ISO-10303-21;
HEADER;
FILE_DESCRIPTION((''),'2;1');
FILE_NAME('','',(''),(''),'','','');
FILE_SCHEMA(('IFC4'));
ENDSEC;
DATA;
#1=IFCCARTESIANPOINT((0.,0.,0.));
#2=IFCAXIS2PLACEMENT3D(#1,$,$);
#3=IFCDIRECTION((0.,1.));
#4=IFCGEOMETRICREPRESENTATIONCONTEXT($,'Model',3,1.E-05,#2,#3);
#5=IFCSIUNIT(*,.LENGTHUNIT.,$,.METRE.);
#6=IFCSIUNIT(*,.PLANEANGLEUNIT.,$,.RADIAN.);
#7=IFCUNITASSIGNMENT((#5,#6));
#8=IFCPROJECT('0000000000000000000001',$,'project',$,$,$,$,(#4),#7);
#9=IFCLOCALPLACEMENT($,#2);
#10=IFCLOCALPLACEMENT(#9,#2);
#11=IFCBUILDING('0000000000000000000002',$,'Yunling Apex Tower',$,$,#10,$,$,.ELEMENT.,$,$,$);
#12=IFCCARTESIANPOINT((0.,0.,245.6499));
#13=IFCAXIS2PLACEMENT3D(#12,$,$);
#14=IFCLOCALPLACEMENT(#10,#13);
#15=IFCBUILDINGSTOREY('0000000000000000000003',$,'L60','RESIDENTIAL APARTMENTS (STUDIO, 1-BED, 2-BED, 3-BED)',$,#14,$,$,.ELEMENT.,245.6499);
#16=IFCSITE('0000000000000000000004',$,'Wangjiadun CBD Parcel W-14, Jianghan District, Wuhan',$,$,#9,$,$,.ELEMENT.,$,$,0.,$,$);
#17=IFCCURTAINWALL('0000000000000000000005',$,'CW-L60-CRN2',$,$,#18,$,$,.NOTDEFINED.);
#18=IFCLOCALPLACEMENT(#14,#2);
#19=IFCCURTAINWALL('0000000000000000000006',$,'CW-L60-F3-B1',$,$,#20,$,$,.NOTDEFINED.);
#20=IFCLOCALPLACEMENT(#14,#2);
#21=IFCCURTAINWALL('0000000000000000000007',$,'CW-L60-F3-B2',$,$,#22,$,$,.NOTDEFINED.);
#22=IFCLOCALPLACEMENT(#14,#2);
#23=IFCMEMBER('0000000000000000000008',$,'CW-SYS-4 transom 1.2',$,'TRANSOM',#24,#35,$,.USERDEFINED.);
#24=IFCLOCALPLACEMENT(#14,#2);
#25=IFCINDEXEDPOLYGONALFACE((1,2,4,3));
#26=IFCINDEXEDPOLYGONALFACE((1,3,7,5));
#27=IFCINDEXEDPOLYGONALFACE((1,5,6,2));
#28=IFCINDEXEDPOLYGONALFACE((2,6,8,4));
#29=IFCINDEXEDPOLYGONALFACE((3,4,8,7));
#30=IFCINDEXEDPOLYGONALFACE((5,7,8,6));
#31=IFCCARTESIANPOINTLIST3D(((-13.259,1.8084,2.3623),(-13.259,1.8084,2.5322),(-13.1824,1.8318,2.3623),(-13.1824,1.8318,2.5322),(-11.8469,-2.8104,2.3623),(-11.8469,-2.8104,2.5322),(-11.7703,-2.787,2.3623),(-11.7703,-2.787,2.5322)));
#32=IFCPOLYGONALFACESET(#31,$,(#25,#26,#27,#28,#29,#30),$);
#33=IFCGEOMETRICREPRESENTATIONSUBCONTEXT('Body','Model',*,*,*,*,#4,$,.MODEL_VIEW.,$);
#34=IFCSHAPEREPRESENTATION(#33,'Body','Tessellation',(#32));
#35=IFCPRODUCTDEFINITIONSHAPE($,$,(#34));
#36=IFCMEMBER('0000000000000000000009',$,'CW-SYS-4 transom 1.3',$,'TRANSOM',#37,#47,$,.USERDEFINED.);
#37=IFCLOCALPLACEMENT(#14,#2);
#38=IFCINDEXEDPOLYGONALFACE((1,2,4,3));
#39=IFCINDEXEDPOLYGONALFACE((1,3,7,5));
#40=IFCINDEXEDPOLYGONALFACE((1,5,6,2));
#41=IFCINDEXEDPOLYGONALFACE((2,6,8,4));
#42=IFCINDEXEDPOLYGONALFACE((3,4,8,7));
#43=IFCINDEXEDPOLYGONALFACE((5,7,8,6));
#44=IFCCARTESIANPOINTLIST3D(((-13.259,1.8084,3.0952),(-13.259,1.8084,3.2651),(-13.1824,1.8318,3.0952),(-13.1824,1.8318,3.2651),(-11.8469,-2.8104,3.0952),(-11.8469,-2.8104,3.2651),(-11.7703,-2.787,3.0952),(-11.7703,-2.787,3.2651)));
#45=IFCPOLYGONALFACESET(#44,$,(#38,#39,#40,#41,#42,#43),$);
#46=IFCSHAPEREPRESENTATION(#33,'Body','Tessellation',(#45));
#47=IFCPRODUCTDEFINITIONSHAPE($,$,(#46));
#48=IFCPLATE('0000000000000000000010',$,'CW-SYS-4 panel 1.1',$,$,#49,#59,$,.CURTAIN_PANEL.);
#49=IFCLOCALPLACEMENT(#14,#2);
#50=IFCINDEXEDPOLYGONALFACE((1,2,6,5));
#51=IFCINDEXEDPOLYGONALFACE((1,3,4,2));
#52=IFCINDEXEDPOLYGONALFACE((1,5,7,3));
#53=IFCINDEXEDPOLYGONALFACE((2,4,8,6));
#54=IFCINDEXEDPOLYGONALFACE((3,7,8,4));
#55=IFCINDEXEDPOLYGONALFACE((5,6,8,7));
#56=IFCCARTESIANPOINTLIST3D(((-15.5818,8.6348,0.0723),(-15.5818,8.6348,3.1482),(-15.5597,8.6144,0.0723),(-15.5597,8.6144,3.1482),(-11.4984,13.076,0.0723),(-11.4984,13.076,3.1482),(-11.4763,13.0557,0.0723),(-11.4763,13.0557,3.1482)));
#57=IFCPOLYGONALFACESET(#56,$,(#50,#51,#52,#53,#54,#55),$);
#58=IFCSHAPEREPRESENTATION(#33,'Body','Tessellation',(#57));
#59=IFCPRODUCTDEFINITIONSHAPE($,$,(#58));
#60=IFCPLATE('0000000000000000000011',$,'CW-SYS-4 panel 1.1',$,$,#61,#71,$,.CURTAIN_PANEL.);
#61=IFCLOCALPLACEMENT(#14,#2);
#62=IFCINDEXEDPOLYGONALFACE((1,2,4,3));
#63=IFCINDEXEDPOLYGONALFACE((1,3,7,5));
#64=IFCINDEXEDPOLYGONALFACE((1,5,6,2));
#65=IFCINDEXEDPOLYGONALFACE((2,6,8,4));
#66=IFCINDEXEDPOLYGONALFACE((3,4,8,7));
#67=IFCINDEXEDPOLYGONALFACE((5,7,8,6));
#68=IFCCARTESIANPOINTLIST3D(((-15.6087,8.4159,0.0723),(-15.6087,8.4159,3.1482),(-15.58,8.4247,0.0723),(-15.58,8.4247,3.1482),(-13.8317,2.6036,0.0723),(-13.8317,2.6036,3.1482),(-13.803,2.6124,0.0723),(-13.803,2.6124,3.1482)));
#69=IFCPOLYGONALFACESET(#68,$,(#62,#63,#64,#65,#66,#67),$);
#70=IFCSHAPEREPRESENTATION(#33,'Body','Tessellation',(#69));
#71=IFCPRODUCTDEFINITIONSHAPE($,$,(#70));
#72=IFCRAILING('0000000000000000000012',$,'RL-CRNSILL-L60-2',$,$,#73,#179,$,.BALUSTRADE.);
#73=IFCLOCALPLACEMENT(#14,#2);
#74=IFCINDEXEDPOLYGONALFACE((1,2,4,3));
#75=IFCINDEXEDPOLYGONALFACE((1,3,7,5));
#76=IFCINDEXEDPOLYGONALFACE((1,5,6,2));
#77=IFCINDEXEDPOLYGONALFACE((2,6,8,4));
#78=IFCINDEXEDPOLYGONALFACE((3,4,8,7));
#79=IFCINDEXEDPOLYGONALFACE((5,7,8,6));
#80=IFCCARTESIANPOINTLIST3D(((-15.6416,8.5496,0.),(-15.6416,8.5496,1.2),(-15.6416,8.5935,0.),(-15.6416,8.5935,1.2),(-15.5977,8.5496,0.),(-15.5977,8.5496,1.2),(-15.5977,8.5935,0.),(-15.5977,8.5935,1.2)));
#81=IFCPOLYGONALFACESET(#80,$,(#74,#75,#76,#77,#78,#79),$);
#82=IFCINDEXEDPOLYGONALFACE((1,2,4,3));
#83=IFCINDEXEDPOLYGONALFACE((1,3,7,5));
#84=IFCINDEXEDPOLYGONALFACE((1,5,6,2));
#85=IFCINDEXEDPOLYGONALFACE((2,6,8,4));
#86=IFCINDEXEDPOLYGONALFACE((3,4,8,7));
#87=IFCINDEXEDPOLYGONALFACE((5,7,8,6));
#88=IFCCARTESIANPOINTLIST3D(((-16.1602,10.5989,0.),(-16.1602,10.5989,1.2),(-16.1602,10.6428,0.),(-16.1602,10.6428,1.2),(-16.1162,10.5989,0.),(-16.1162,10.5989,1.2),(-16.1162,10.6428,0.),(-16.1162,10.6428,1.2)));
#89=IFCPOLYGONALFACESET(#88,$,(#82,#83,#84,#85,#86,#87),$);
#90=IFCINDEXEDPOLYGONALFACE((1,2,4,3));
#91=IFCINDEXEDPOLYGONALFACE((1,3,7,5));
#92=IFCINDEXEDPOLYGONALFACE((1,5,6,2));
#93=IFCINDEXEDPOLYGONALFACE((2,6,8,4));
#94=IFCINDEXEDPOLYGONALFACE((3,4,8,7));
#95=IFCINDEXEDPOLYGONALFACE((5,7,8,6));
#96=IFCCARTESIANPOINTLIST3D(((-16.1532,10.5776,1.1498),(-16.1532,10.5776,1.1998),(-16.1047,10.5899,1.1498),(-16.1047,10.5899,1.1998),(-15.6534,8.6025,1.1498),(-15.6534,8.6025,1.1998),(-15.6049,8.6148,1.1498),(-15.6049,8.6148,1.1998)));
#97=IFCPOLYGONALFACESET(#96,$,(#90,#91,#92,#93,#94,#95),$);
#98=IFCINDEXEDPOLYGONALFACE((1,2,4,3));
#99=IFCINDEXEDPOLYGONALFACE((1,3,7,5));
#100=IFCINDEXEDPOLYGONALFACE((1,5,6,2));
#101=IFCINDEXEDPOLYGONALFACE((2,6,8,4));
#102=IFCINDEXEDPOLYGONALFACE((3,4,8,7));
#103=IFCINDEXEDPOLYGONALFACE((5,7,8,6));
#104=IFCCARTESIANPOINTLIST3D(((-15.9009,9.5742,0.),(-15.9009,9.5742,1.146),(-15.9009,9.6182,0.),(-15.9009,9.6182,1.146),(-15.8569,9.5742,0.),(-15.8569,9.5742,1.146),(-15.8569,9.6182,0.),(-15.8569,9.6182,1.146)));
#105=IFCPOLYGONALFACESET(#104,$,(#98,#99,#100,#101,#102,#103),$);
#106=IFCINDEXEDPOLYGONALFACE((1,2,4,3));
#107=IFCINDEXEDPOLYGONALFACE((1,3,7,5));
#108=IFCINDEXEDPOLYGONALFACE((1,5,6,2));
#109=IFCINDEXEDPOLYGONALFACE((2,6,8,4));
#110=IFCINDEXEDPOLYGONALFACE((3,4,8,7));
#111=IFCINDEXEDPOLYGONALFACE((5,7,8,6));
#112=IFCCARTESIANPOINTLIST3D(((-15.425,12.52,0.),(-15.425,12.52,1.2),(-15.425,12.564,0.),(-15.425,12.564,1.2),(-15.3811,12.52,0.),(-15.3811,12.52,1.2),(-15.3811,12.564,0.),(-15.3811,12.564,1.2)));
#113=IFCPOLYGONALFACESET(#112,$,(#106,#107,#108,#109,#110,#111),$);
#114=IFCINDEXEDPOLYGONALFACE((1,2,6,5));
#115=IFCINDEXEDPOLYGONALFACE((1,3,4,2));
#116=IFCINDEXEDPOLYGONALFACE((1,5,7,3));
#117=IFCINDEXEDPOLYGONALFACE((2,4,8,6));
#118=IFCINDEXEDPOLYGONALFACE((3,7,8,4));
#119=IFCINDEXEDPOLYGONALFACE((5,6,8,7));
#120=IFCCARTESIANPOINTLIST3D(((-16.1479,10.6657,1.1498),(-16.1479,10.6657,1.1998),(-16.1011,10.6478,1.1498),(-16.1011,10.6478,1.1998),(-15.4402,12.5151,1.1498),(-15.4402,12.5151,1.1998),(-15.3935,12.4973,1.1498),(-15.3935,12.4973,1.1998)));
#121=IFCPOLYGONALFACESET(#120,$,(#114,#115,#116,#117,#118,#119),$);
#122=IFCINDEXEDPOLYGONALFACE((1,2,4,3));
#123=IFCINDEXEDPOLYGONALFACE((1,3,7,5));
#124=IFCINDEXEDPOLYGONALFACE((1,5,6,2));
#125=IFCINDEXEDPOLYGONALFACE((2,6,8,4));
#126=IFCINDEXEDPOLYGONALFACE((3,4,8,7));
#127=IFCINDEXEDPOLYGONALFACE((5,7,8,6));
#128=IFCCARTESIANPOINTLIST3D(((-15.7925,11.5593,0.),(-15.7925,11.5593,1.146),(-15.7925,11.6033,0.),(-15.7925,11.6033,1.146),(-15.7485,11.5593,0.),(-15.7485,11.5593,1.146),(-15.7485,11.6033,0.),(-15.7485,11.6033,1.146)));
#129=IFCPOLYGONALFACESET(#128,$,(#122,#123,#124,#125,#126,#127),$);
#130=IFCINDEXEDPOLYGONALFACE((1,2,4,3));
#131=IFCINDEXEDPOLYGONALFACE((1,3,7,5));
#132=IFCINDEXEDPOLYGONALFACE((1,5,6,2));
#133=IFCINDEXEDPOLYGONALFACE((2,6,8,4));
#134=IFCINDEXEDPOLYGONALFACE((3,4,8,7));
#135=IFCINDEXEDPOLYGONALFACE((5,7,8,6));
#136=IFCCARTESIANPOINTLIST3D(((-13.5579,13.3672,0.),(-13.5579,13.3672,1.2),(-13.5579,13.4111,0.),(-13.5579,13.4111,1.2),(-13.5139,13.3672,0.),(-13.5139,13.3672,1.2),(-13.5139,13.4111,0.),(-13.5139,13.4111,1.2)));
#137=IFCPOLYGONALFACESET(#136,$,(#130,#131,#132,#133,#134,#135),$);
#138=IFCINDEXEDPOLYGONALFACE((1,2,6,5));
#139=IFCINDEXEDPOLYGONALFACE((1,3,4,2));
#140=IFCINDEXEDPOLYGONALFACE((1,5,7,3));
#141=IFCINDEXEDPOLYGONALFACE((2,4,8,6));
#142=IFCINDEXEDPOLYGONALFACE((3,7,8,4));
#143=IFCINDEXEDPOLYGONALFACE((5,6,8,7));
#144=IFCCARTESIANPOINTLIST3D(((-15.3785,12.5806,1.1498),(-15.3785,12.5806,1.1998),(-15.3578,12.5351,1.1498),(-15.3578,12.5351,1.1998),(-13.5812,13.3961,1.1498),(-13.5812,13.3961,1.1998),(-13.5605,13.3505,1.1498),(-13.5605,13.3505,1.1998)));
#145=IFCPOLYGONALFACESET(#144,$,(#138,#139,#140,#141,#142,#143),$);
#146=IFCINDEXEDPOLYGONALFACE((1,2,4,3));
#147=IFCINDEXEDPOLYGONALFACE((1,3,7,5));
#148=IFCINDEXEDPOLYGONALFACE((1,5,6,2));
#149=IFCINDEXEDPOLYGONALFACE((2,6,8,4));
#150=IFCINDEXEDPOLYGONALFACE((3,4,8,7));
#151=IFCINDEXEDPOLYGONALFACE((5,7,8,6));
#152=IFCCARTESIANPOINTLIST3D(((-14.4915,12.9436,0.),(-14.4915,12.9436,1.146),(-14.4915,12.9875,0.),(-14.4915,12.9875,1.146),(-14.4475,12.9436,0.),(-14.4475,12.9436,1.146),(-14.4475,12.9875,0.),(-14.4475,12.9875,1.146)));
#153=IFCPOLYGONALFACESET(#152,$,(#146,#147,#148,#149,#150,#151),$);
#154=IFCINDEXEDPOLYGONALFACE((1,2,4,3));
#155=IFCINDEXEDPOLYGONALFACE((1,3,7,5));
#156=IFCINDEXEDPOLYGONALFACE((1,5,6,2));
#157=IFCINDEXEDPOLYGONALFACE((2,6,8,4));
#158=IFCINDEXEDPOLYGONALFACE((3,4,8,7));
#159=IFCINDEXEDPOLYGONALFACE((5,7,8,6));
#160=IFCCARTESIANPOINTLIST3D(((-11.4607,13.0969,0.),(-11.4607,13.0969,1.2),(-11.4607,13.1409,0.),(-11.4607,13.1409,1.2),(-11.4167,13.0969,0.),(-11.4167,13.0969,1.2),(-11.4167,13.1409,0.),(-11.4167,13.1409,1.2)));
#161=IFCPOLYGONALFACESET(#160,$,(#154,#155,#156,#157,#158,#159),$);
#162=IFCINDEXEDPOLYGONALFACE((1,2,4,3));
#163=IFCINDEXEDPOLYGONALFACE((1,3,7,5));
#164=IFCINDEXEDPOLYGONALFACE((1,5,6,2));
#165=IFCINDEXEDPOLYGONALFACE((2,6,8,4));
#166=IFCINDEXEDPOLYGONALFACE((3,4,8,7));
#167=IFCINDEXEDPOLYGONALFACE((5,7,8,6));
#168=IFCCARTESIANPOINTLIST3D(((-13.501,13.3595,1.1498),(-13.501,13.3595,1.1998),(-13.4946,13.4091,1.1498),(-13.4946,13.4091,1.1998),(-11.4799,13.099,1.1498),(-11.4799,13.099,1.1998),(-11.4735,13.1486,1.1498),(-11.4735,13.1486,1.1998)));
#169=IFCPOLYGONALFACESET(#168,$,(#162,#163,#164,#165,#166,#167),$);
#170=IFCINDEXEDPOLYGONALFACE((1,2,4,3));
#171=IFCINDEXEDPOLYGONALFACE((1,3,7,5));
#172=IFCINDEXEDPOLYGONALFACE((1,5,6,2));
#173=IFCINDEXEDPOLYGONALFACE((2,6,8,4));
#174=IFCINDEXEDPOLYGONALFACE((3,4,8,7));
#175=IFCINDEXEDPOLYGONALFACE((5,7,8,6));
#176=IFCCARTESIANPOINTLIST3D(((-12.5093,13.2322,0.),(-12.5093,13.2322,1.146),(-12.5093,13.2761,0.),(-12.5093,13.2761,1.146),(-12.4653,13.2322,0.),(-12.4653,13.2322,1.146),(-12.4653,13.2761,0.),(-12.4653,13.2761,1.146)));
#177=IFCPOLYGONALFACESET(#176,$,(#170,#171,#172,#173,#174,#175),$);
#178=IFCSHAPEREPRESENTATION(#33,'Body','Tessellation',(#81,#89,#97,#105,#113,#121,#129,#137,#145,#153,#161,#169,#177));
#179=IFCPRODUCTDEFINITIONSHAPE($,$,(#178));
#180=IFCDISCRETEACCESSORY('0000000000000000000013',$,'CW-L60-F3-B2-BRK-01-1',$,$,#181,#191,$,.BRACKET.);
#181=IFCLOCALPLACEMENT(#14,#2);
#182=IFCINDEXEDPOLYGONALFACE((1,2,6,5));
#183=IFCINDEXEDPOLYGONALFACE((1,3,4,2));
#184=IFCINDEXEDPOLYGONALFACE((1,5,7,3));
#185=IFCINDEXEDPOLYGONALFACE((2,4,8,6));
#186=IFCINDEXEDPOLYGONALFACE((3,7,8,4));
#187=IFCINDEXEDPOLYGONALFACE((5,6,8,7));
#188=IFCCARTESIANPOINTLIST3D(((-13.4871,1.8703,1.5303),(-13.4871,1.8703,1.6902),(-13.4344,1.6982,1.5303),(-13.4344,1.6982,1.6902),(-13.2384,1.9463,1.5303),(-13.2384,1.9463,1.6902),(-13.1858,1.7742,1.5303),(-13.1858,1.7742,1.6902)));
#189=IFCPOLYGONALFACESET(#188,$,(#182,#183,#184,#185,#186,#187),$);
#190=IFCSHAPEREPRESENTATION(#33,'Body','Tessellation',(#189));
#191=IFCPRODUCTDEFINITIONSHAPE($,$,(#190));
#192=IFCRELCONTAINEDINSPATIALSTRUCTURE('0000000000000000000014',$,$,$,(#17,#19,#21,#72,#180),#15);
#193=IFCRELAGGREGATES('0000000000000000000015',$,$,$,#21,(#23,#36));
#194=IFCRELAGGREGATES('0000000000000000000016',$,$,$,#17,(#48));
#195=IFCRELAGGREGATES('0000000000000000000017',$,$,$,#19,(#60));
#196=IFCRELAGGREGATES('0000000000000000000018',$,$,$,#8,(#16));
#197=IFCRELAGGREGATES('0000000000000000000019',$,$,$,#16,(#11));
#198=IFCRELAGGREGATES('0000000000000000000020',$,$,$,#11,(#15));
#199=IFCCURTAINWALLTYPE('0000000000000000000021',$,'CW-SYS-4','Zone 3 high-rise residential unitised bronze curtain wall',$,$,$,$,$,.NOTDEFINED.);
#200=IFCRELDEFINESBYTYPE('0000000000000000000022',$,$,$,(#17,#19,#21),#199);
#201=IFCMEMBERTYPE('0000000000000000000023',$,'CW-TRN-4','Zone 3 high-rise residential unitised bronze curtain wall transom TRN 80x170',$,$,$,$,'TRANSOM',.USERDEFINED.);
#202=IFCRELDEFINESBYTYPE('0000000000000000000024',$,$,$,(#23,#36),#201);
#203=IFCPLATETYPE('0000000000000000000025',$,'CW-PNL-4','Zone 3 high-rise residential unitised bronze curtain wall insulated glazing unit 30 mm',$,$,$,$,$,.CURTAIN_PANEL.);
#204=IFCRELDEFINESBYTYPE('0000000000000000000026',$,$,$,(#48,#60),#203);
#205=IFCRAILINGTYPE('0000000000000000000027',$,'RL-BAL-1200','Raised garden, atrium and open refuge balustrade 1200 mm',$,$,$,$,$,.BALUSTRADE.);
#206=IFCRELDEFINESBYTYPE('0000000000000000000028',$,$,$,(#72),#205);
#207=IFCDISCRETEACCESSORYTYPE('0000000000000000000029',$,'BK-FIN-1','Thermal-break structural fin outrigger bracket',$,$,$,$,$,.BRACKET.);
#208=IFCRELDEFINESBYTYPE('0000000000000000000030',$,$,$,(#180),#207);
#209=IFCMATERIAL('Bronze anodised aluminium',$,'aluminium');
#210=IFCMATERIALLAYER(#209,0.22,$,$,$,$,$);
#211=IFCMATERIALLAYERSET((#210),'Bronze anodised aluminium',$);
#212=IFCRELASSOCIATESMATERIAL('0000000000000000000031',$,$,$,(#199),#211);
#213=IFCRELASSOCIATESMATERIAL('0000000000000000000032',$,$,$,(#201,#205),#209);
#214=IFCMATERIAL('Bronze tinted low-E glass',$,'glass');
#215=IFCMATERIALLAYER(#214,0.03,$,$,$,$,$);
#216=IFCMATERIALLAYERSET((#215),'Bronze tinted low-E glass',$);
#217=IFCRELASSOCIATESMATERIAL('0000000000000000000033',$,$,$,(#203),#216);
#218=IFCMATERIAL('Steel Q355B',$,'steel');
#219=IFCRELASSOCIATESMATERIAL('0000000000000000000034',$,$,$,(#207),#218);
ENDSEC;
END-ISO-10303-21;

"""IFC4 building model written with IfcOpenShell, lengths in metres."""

from ifc_helpers import new_model, si_unit, direction, frame, origin, origin_2d, place, context, subcontext, project, spatial, rectangle, extrude, source, transform, mapped, material, layer, layer_set, material_profile, profile_set, type_object, element, aggregate, save


model = new_model("IFC4")

# Units and contexts
model_context = context("Model", 3, precision=1e-05, world=origin(), true_north=direction((0.0, 1.0)))
body_context = subcontext(model_context, "Body", "Model", "MODEL_VIEW")
ifc_project = project(units=[si_unit("LENGTHUNIT", "METRE"), si_unit("PLANEANGLEUNIT", "RADIAN")], contexts=[model_context])

# Site, building, storey
site_placement = place(None, origin())
site = spatial("IfcSite", under=ifc_project, at=site_placement, Name="Wangjiadun CBD Parcel W-14, Jianghan District, Wuhan", CompositionType="ELEMENT", RefElevation=0.0)
building_placement = place(site_placement, origin())
building = spatial("IfcBuilding", under=site, at=building_placement, Name="Yunling Apex Tower", CompositionType="ELEMENT")
storey_placement = place(building_placement, frame((0.0, 0.0, 245.6499)))
storey = spatial("IfcBuildingStorey", under=building, at=storey_placement, Name="L60", Description="RESIDENTIAL APARTMENTS (STUDIO, 1-BED, 2-BED, 3-BED)", CompositionType="ELEMENT", Elevation=245.6499)

# Shared definitions
ifc_material_1 = material(Name="Steel Q355B", Category="steel")

# Shared definitions
ifc_material_2 = material(Name="Bronze anodised aluminium", Category="aluminium")
ifc_layer_1 = layer(ifc_material_2, 0.22)
ifc_layer_set_1 = layer_set([ifc_layer_1], Name="Bronze anodised aluminium")
curtain_wall_type = type_object("IfcCurtainWallType", Name="CW-SYS-4", Description="Zone 3 high-rise residential unitised bronze curtain wall", PredefinedType="NOTDEFINED", material=ifc_layer_set_1)

# Curtain walls
curtain_wall_1_placement = place(storey_placement, origin())
curtain_wall_1 = element("IfcCurtainWall", 1, at=curtain_wall_1_placement, inside=storey, type_object=curtain_wall_type, Name="CW-L60-CRN2", PredefinedType="NOTDEFINED")
curtain_wall_2_placement = place(storey_placement, origin())
curtain_wall_2 = element("IfcCurtainWall", 2, at=curtain_wall_2_placement, inside=storey, type_object=curtain_wall_type, Name="CW-L60-F3-B1", PredefinedType="NOTDEFINED")

# Curtain wall
curtain_wall_3_placement = place(storey_placement, origin())
curtain_wall_3 = element("IfcCurtainWall", 3, at=curtain_wall_3_placement, inside=storey, type_object=curtain_wall_type, Name="CW-L60-F3-B2", PredefinedType="NOTDEFINED")

# Members
ifc_material_profile_1 = material_profile(ifc_material_2, rectangle(XDim=0.0801, YDim=0.1699, at=origin_2d()))
ifc_profile_set_1 = profile_set([ifc_material_profile_1], Name="Bronze anodised aluminium")
member_type_1 = type_object("IfcMemberType", Name="CW-TRN-4", Description="Zone 3 high-rise residential unitised bronze curtain wall transom TRN 80x170", ElementType="TRANSOM", PredefinedType="USERDEFINED", material=ifc_profile_set_1)
shared_shape_1 = source(origin(), body_context, "Body", "SweptSolid", [
    extrude(rectangle(XDim=0.0801, YDim=0.1699, at=origin_2d()), origin(), (0.0, 0.0, 1.0), 4.8298),
])
member_1_placement = place(storey_placement, frame((-13.2207, 1.8201, 2.4473), z_axis=(0.292366, -0.956306, 0.0), x_axis=(0.956306, 0.292366, 0.0)))
member_1 = element("IfcMember", 4, at=member_1_placement, type_object=member_type_1, Name="CW-SYS-4 transom 1.2", ObjectType="TRANSOM", PredefinedType="USERDEFINED", context=body_context, shape_type="MappedRepresentation", body=[
    mapped(shared_shape_1, transform((0.0, 0.0, 0.0), scale=1.0)),
])
member_2_placement = place(storey_placement, frame((-13.2207, 1.8201, 3.1802), z_axis=(0.292366, -0.956306, 0.0), x_axis=(0.956306, 0.292366, 0.0)))
member_2 = element("IfcMember", 5, at=member_2_placement, type_object=member_type_1, Name="CW-SYS-4 transom 1.3", ObjectType="TRANSOM", PredefinedType="USERDEFINED", context=body_context, shape_type="MappedRepresentation", body=[
    mapped(shared_shape_1, transform((0.0, 0.0, 0.0), scale=1.0)),
])
aggregate(curtain_wall_3, [member_1, member_2])

# Plates
ifc_material_3 = material(Name="Bronze tinted low-E glass", Category="glass")
ifc_layer_2 = layer(ifc_material_3, 0.03)
ifc_layer_set_2 = layer_set([ifc_layer_2], Name="Bronze tinted low-E glass")
plate_type = type_object("IfcPlateType", Name="CW-PNL-4", Description="Zone 3 high-rise residential unitised bronze curtain wall insulated glazing unit 30 mm", PredefinedType="CURTAIN_PANEL", material=ifc_layer_set_2)
shared_shape_2 = source(origin(), body_context, "Body", "SweptSolid", [
    extrude(rectangle(XDim=6.0332, YDim=0.03, at=origin_2d()), origin(), (0.0, 0.0, 1.0), 3.0759),
])
plate_1_placement = place(storey_placement, frame((-13.5291, 10.8452, 0.0723), z_axis=(0.0, 0.0, 1.0), x_axis=(-0.676836, -0.736134, 0.0)))
plate_1 = element("IfcPlate", 6, at=plate_1_placement, type_object=plate_type, Name="CW-SYS-4 panel 1.1", PredefinedType="CURTAIN_PANEL", context=body_context, shape_type="MappedRepresentation", body=[
    mapped(shared_shape_2, transform((0.0, 0.0, 0.0), scale=1.0)),
])
aggregate(curtain_wall_1, [plate_1])
shared_shape_3 = source(origin(), body_context, "Body", "SweptSolid", [
    extrude(rectangle(XDim=6.0779, YDim=0.03, at=origin_2d()), origin(), (0.0, 0.0, 1.0), 3.0759),
])
plate_2_placement = place(storey_placement, frame((-14.7058, 5.5142, 0.0723), z_axis=(0.0, 0.0, 1.0), x_axis=(0.292372, -0.956305, 0.0)))
plate_2 = element("IfcPlate", 7, at=plate_2_placement, type_object=plate_type, Name="CW-SYS-4 panel 1.1", PredefinedType="CURTAIN_PANEL", context=body_context, shape_type="MappedRepresentation", body=[
    mapped(shared_shape_3, transform((0.0, 0.0, 0.0), scale=1.0)),
])
aggregate(curtain_wall_2, [plate_2])

# Railing
railing_type = type_object("IfcRailingType", Name="RL-BAL-1200", Description="Raised garden, atrium and open refuge balustrade 1200 mm", PredefinedType="BALUSTRADE", material=ifc_material_2)
railing_placement = place(storey_placement, frame((-15.6196, 8.5715, 0.0)))
element("IfcRailing", 8, at=railing_placement, inside=storey, type_object=railing_type, Name="RL-CRNSILL-L60-2", PredefinedType="BALUSTRADE", context=body_context, shape_type="SweptSolid", body=[
    extrude(rectangle(XDim=0.0439, YDim=0.0439, at=origin_2d()), origin(), (0.0, 0.0, 1.0), 1.2),
    extrude(rectangle(XDim=0.0439, YDim=0.0439, at=origin_2d()), frame((-0.5186, 2.0493, 0.0)), (0.0, 0.0, 1.0), 1.2),
    extrude(rectangle(XDim=0.05, YDim=0.05, at=origin_2d()), frame((-0.0095, 0.0371, 1.1748), z_axis=(-0.245306, 0.969446, 0.0), x_axis=(-0.969446, -0.245306, 0.0)), (0.0, 0.0, 1.0), 2.0374),
    extrude(rectangle(XDim=0.0439, YDim=0.0439, at=origin_2d()), frame((-0.2593, 1.0247, 0.0)), (0.0, 0.0, 1.0), 1.146),
    extrude(rectangle(XDim=0.0439, YDim=0.0439, at=origin_2d()), frame((0.2166, 3.9705, 0.0)), (0.0, 0.0, 1.0), 1.2),
    extrude(rectangle(XDim=0.05, YDim=0.05, at=origin_2d()), frame((-0.5049, 2.0852, 1.1748), z_axis=(0.357372, 0.933962, 0.0), x_axis=(-0.933962, 0.357372, 0.0)), (0.0, 0.0, 1.0), 1.9802),
    extrude(rectangle(XDim=0.0439, YDim=0.0439, at=origin_2d()), frame((-0.1509, 3.0098, 0.0)), (0.0, 0.0, 1.0), 1.146),
    extrude(rectangle(XDim=0.0439, YDim=0.0439, at=origin_2d()), frame((2.0837, 4.8176, 0.0)), (0.0, 0.0, 1.0), 1.2),
    extrude(rectangle(XDim=0.05, YDim=0.05, at=origin_2d()), frame((0.2515, 3.9863, 1.1748), z_axis=(0.910652, 0.413175, 0.0), x_axis=(-0.413175, 0.910652, 0.0)), (0.0, 0.0, 1.0), 1.9736),
    extrude(rectangle(XDim=0.0439, YDim=0.0439, at=origin_2d()), frame((1.1501, 4.394, 0.0)), (0.0, 0.0, 1.0), 1.146),
    extrude(rectangle(XDim=0.0439, YDim=0.0439, at=origin_2d()), frame((4.1809, 4.5474, 0.0)), (0.0, 0.0, 1.0), 1.2),
    extrude(rectangle(XDim=0.05, YDim=0.05, at=origin_2d()), frame((2.1218, 4.8127, 1.1748), z_axis=(0.991798, -0.127814, 0.0), x_axis=(0.127814, 0.991798, 0.0)), (0.0, 0.0, 1.0), 2.0378),
    extrude(rectangle(XDim=0.0439, YDim=0.0439, at=origin_2d()), frame((3.1323, 4.6826, 0.0)), (0.0, 0.0, 1.0), 1.146),
])

# Discrete accessory
discrete_accessory_type = type_object("IfcDiscreteAccessoryType", Name="BK-FIN-1", Description="Thermal-break structural fin outrigger bracket", PredefinedType="BRACKET", material=ifc_material_1)
shared_shape_4 = source(origin(), body_context, "Body", "SweptSolid", [
    extrude(rectangle(XDim=0.1799, YDim=0.26, at=origin_2d()), origin(), (0.0, 0.0, 1.0), 0.1599),
])
discrete_accessory_placement = place(storey_placement, frame((-13.3364, 1.8223, 1.5303), z_axis=(0.0, 0.0, 1.0), x_axis=(0.292372, -0.956305, 0.0)))
element("IfcDiscreteAccessory", 9, at=discrete_accessory_placement, inside=storey, type_object=discrete_accessory_type, Name="CW-L60-F3-B2-BRK-01-1", PredefinedType="BRACKET", context=body_context, shape_type="MappedRepresentation", body=[
    mapped(shared_shape_4, transform((0.0, 0.0, 0.0), scale=1.0)),
])

save(model, "model.ifc")
